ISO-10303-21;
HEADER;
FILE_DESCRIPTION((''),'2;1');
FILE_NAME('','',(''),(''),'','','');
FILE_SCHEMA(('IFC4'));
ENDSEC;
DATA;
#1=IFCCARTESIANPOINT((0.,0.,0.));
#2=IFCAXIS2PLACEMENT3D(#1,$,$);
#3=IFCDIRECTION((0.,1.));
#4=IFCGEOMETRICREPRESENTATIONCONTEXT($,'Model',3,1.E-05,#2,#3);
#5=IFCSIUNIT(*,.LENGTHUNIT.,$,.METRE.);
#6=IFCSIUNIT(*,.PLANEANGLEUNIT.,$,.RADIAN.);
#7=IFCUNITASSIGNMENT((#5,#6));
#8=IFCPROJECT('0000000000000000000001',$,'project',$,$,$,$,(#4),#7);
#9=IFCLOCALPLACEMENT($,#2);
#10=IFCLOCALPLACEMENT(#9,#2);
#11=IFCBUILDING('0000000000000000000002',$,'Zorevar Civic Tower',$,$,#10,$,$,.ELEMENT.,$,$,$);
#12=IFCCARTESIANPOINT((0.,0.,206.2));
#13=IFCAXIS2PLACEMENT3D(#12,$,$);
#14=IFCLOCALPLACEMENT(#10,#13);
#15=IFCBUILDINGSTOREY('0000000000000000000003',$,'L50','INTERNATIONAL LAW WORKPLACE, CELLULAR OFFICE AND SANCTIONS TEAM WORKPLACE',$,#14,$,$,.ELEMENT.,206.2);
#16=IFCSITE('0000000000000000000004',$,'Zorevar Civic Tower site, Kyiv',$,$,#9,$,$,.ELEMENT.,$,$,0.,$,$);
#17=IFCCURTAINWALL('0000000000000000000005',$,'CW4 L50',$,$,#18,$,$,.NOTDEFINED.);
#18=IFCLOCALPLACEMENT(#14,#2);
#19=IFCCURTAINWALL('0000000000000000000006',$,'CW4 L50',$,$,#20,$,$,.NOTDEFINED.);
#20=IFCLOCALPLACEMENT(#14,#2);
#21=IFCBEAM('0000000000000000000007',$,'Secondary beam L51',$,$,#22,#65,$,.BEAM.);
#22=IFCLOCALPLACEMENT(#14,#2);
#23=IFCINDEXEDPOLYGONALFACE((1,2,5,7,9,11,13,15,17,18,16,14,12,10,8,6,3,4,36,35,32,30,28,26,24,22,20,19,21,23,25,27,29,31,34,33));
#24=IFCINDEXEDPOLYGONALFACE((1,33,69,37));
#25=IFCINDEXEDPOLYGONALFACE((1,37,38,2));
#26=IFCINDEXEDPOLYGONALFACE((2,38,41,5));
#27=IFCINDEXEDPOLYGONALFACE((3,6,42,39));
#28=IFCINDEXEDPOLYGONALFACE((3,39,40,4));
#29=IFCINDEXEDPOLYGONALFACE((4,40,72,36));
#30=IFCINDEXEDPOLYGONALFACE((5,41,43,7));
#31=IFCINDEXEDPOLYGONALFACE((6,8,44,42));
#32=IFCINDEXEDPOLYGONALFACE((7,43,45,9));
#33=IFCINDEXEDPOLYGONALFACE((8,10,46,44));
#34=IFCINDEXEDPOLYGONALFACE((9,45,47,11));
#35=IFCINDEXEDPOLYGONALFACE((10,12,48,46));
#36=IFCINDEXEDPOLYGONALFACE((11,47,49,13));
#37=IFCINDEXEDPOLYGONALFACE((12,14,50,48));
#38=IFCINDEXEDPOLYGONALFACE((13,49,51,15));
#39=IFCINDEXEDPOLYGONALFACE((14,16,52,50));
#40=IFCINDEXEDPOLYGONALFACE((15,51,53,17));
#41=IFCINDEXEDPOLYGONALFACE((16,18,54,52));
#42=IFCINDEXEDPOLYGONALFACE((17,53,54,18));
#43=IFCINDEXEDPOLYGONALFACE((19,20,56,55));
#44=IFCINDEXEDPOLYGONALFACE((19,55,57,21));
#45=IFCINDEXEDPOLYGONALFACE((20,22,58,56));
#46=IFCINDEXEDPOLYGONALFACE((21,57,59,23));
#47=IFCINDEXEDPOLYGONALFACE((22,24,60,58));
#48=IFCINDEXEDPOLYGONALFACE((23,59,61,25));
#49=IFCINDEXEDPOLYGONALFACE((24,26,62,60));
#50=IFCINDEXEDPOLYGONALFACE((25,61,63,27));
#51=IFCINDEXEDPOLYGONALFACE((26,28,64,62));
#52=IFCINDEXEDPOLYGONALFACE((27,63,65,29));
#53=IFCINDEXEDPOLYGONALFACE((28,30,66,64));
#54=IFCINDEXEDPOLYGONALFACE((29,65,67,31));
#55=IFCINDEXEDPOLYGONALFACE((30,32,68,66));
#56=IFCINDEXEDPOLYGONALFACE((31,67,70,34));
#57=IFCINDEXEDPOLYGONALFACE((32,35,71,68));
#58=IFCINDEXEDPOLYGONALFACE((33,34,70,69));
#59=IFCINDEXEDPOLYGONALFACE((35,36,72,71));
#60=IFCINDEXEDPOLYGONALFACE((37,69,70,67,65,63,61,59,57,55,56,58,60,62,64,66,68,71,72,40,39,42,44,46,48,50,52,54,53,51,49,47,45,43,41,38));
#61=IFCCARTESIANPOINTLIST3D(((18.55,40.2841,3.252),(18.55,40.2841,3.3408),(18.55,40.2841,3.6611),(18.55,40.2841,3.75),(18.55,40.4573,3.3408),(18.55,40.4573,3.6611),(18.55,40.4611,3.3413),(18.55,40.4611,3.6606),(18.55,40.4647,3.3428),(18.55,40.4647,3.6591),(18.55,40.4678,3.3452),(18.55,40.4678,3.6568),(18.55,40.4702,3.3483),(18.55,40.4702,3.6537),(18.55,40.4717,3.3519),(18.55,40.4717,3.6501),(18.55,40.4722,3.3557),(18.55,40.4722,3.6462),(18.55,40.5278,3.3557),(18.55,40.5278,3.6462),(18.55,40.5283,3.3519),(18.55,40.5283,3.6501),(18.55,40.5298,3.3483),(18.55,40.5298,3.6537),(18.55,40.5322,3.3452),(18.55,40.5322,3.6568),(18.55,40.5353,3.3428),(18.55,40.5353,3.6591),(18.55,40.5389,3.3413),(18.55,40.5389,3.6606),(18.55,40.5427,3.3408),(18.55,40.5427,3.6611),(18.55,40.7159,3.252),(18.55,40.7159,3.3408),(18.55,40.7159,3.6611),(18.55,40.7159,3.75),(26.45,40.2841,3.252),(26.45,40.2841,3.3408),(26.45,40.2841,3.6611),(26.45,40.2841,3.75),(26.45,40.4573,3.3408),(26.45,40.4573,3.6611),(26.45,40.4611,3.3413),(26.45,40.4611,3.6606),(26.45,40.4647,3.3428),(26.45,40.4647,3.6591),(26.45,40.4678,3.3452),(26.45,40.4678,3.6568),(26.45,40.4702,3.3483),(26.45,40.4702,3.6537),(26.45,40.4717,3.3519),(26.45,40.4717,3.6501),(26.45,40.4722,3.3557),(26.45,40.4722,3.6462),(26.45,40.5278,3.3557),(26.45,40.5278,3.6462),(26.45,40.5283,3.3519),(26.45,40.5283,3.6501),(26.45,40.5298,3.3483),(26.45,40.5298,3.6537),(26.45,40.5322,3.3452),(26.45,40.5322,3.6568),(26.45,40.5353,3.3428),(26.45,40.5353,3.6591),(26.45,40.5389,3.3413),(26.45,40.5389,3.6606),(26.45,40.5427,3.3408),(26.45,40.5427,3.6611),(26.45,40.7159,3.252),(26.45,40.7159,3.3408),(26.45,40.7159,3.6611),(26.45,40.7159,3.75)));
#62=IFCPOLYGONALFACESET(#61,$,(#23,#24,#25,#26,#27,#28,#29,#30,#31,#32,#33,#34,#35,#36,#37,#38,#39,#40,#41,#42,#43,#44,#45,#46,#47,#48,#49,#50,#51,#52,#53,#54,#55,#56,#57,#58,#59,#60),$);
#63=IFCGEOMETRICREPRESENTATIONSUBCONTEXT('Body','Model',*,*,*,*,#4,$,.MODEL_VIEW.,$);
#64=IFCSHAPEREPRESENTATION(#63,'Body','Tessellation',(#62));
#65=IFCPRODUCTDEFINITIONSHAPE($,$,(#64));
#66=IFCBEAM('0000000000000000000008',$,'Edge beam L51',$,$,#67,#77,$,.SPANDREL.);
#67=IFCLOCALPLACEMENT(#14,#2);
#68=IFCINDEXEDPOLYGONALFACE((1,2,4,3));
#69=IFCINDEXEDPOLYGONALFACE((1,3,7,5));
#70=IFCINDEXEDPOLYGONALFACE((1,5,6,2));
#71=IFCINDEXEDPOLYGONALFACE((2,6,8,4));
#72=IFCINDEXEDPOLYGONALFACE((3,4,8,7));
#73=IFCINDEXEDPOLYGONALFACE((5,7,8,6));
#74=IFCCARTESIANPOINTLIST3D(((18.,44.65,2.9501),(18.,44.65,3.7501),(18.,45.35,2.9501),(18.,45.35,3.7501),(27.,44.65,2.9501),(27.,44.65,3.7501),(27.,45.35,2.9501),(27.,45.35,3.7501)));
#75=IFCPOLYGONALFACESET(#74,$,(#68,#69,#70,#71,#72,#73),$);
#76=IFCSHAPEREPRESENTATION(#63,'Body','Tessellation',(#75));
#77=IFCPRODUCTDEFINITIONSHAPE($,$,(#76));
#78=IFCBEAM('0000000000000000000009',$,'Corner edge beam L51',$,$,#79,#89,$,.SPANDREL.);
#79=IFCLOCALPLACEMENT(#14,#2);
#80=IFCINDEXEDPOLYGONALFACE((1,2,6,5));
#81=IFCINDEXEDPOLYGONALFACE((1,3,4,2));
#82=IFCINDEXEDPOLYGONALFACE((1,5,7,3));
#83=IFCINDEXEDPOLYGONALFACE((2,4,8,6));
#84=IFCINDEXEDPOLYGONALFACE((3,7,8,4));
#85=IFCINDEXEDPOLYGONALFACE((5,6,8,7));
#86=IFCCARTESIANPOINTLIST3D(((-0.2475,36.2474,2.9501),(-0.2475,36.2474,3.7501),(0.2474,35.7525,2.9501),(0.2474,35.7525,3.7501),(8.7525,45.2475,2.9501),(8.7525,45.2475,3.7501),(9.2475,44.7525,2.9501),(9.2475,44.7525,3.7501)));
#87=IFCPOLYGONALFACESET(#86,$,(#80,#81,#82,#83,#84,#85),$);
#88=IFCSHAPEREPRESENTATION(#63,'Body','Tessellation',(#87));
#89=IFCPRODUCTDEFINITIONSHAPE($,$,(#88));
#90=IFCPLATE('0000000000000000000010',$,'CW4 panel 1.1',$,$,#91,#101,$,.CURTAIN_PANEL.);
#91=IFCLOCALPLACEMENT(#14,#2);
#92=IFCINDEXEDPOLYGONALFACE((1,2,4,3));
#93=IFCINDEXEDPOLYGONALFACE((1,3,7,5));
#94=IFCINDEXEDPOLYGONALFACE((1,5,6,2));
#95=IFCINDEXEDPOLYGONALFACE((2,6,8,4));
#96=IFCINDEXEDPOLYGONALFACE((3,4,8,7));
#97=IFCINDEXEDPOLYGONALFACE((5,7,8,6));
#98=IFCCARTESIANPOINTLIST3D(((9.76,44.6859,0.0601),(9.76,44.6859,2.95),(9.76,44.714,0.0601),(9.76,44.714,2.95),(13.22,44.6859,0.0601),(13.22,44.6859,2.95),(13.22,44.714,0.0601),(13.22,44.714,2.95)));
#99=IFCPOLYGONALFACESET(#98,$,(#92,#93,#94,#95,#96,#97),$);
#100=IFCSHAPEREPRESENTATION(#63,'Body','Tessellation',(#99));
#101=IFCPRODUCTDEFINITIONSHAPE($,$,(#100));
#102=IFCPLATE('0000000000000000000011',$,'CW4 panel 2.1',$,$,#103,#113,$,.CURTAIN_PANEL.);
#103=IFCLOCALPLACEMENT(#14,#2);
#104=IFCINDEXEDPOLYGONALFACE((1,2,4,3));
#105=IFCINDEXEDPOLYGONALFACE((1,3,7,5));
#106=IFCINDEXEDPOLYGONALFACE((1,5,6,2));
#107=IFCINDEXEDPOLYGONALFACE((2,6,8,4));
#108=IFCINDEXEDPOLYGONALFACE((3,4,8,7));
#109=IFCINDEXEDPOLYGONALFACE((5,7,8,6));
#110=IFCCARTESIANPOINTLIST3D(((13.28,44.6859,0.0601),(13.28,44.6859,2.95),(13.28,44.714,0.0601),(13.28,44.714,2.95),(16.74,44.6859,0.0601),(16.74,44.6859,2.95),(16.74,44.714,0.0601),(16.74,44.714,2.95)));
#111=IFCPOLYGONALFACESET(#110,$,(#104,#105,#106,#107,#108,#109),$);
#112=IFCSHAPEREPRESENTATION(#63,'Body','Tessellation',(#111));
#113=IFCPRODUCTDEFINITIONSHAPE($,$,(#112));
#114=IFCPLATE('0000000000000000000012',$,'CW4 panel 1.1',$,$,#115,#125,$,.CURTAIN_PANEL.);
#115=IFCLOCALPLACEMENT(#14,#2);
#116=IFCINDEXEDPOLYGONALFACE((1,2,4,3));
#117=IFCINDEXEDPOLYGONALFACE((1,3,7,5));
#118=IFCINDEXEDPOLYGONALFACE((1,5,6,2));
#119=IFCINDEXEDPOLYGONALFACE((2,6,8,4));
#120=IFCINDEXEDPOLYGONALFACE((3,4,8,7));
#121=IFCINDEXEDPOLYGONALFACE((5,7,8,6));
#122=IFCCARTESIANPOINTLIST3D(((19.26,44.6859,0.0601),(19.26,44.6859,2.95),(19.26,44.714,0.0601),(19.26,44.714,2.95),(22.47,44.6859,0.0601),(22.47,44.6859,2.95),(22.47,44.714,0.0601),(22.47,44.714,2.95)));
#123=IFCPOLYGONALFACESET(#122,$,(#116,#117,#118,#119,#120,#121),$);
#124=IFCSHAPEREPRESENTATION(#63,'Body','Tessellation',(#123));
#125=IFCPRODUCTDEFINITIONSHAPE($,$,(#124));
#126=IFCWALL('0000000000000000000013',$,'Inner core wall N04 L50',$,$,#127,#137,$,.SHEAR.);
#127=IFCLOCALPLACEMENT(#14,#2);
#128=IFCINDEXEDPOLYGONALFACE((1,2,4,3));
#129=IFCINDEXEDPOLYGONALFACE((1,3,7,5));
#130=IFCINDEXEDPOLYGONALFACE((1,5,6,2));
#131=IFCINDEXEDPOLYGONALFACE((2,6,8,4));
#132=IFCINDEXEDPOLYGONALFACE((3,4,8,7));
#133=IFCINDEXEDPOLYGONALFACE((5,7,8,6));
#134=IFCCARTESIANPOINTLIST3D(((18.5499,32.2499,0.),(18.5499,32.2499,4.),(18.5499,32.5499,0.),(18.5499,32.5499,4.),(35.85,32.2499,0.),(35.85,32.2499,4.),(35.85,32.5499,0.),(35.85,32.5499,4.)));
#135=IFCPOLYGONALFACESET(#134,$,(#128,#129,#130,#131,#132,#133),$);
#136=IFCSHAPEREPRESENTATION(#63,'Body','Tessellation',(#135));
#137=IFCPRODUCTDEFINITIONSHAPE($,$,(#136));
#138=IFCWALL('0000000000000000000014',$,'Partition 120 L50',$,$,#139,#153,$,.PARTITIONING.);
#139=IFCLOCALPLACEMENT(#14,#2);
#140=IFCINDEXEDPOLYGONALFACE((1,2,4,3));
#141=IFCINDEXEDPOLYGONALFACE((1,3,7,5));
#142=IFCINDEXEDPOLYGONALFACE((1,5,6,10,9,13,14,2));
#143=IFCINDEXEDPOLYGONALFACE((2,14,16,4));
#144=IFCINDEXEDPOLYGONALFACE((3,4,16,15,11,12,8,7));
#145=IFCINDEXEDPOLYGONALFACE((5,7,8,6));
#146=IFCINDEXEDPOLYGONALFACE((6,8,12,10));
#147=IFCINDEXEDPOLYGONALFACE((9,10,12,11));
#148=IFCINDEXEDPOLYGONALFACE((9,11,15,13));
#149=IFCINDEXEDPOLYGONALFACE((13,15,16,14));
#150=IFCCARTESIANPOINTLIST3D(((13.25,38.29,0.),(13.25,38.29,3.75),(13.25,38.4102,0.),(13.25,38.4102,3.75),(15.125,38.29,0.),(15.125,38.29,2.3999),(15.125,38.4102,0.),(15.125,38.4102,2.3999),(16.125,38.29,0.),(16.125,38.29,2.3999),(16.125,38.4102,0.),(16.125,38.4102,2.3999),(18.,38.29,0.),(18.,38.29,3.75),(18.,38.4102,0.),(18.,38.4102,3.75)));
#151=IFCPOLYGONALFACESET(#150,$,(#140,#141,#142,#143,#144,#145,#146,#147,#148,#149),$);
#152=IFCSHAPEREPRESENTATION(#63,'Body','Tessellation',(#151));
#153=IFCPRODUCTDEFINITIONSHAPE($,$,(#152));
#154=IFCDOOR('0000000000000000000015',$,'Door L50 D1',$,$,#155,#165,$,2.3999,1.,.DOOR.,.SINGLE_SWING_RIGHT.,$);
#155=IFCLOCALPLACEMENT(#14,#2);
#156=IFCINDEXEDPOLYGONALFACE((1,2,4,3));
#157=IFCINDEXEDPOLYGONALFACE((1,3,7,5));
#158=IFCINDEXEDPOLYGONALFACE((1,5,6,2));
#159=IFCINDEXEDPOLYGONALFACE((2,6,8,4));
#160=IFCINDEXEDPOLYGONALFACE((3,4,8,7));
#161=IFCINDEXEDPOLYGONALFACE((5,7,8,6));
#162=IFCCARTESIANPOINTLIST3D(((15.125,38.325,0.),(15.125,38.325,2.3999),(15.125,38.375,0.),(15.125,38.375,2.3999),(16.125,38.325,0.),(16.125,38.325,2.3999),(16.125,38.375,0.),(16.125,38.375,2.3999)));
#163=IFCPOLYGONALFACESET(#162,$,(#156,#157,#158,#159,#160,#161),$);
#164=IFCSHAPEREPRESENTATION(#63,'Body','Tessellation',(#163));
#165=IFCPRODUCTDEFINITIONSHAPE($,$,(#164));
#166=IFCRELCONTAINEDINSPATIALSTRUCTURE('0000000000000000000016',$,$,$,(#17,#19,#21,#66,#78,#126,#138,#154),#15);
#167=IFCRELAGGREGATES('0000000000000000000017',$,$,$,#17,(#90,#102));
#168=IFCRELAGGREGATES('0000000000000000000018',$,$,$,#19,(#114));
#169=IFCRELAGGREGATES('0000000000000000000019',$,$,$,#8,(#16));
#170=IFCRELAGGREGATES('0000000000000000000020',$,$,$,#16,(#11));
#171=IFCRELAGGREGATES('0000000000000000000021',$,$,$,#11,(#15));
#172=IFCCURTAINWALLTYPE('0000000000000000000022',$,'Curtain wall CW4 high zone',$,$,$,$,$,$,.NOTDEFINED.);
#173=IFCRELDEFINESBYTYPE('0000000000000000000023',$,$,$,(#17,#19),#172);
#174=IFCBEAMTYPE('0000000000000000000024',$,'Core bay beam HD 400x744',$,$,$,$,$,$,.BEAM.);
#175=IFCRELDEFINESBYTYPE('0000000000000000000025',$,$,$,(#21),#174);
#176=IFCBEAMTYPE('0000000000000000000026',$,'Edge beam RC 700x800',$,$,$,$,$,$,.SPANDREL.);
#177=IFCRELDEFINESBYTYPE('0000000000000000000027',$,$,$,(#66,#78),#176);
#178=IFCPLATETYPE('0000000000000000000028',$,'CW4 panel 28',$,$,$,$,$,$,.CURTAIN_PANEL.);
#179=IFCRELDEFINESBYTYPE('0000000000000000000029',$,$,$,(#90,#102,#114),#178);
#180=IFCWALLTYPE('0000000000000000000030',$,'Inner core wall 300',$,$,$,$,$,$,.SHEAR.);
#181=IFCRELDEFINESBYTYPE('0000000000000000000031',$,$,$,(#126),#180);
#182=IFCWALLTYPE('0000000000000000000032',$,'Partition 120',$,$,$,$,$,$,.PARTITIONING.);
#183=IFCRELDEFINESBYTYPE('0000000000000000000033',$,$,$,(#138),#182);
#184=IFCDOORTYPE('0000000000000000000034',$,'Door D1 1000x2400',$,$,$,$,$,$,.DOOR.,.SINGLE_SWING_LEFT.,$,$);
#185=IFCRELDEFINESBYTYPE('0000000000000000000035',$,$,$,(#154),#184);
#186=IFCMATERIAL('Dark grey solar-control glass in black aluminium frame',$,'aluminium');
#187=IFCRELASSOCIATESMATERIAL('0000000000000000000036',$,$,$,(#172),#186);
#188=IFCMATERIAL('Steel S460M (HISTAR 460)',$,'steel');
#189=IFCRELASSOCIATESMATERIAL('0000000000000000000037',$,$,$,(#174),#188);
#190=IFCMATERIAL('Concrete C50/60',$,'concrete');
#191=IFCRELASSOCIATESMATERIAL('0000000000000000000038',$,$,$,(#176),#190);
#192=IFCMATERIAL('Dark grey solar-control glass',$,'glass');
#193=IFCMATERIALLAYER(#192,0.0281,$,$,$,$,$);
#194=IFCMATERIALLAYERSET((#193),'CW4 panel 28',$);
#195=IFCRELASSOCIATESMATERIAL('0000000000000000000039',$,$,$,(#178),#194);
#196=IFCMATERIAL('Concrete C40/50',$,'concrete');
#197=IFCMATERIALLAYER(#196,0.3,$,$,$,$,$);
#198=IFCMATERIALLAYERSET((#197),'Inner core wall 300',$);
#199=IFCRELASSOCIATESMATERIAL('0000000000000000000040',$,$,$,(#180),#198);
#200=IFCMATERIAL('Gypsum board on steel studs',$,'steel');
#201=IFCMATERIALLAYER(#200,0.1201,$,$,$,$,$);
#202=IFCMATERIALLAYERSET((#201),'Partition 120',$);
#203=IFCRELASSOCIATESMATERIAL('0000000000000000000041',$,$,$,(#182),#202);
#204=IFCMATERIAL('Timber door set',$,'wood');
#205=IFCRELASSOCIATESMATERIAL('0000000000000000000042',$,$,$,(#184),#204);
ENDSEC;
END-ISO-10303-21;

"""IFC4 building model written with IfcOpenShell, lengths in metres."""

from ifc_helpers import new_model, si_unit, direction, frame, frame_2d, origin, origin_2d, place, context, subcontext, project, spatial, rectangle, i_section, extrude, material, layer, layer_set, material_profile, profile_set, type_object, element, fill, aggregate, save


model = new_model("IFC4")

# Units and contexts
model_context = context("Model", 3, precision=1e-05, world=origin(), true_north=direction((0.0, 1.0)))
body_context = subcontext(model_context, "Body", "Model", "MODEL_VIEW")
ifc_project = project(units=[si_unit("LENGTHUNIT", "METRE"), si_unit("PLANEANGLEUNIT", "RADIAN")], contexts=[model_context])

# Site, building, storey
site_placement = place(None, origin())
site = spatial("IfcSite", under=ifc_project, at=site_placement, Name="Zorevar Civic Tower site, Kyiv", CompositionType="ELEMENT", RefElevation=0.0)
building_placement = place(site_placement, origin())
building = spatial("IfcBuilding", under=site, at=building_placement, Name="Zorevar Civic Tower", CompositionType="ELEMENT")
storey_placement = place(building_placement, frame((0.0, 0.0, 206.2)))
storey = spatial("IfcBuildingStorey", under=building, at=storey_placement, Name="L50", Description="INTERNATIONAL LAW WORKPLACE, CELLULAR OFFICE AND SANCTIONS TEAM WORKPLACE", CompositionType="ELEMENT", Elevation=206.2)

# Curtain wall
ifc_material_1 = material(Name="Dark grey solar-control glass in black aluminium frame", Category="aluminium")
curtain_wall_type = type_object("IfcCurtainWallType", Name="Curtain wall CW4 high zone", PredefinedType="NOTDEFINED", material=ifc_material_1)
curtain_wall_1_placement = place(storey_placement, origin())
curtain_wall_1 = element("IfcCurtainWall", 1, at=curtain_wall_1_placement, inside=storey, type_object=curtain_wall_type, Name="CW4 L50", PredefinedType="NOTDEFINED")

# Curtain wall
curtain_wall_2_placement = place(storey_placement, origin())
curtain_wall_2 = element("IfcCurtainWall", 2, at=curtain_wall_2_placement, inside=storey, type_object=curtain_wall_type, Name="CW4 L50", PredefinedType="NOTDEFINED")

# Beams
ifc_material_2 = material(Name="Steel S460M (HISTAR 460)", Category="steel")
ifc_material_profile_1 = material_profile(ifc_material_2, i_section(OverallWidth=0.4319, OverallDepth=0.498, WebThickness=0.0557, FlangeThickness=0.0889, FilletRadius=0.0149, at=origin_2d()), Name="HD 400x744")
ifc_profile_set_1 = profile_set([ifc_material_profile_1], Name="Steel S460M (HISTAR 460)")
beam_type_1 = type_object("IfcBeamType", Name="Core bay beam HD 400x744", PredefinedType="BEAM", material=ifc_profile_set_1)
beam_1_placement = place(storey_placement, frame((18.55, 40.5, 3.501), z_axis=(1.0, 0.0, 0.0), x_axis=(0.0, 1.0, 0.0)))
element("IfcBeam", 3, at=beam_1_placement, inside=storey, type_object=beam_type_1, Name="Secondary beam L51", PredefinedType="BEAM", context=body_context, shape_type="SweptSolid", body=[
    extrude(i_section(OverallWidth=0.4319, OverallDepth=0.498, WebThickness=0.0557, FlangeThickness=0.0889, FilletRadius=0.0149, at=origin_2d()), origin(), (0.0, 0.0, 1.0), 7.8999),
])
ifc_material_3 = material(Name="Concrete C50/60", Category="concrete")
ifc_material_profile_2 = material_profile(ifc_material_3, rectangle(XDim=0.7, YDim=0.8, at=origin_2d()), Name="RC 700x800")
ifc_profile_set_2 = profile_set([ifc_material_profile_2], Name="Concrete C50/60")
beam_type_2 = type_object("IfcBeamType", Name="Edge beam RC 700x800", PredefinedType="SPANDREL", material=ifc_profile_set_2)
beam_2_placement = place(storey_placement, frame((18.0, 45.0, 3.3501), z_axis=(1.0, 0.0, 0.0), x_axis=(0.0, 1.0, 0.0)))
element("IfcBeam", 4, at=beam_2_placement, inside=storey, type_object=beam_type_2, Name="Edge beam L51", PredefinedType="SPANDREL", context=body_context, shape_type="SweptSolid", body=[
    extrude(rectangle(XDim=0.7, YDim=0.8, at=origin_2d()), origin(), (0.0, 0.0, 1.0), 9.0),
])
beam_3_placement = place(storey_placement, frame((9.0, 45.0, 3.3501), z_axis=(-0.707107, -0.707107, 0.0), x_axis=(0.707107, -0.707107, 0.0)))
element("IfcBeam", 5, at=beam_3_placement, inside=storey, type_object=beam_type_2, Name="Corner edge beam L51", PredefinedType="SPANDREL", context=body_context, shape_type="SweptSolid", body=[
    extrude(rectangle(XDim=0.7, YDim=0.8, at=origin_2d()), origin(), (0.0, 0.0, 1.0), 12.728),
])

# Plates
ifc_material_4 = material(Name="Dark grey solar-control glass", Category="glass")
ifc_layer_1 = layer(ifc_material_4, 0.0281)
ifc_layer_set_1 = layer_set([ifc_layer_1], Name="CW4 panel 28")
plate_type = type_object("IfcPlateType", Name="CW4 panel 28", PredefinedType="CURTAIN_PANEL", material=ifc_layer_set_1)
plate_1_placement = place(storey_placement, frame((11.49, 44.7, 0.0601), z_axis=(0.0, 0.0, 1.0), x_axis=(1.0, 0.0, 0.0)))
plate_1 = element("IfcPlate", 6, at=plate_1_placement, type_object=plate_type, Name="CW4 panel 1.1", PredefinedType="CURTAIN_PANEL", context=body_context, shape_type="SweptSolid", body=[
    extrude(rectangle(XDim=3.46, YDim=0.0281, at=origin_2d()), origin(), (0.0, 0.0, 1.0), 2.8899),
])
plate_2_placement = place(storey_placement, frame((15.01, 44.7, 0.0601), z_axis=(0.0, 0.0, 1.0), x_axis=(1.0, 0.0, 0.0)))
plate_2 = element("IfcPlate", 7, at=plate_2_placement, type_object=plate_type, Name="CW4 panel 2.1", PredefinedType="CURTAIN_PANEL", context=body_context, shape_type="SweptSolid", body=[
    extrude(rectangle(XDim=3.46, YDim=0.0281, at=origin_2d()), origin(), (0.0, 0.0, 1.0), 2.8899),
])
aggregate(curtain_wall_1, [plate_1, plate_2])
plate_3_placement = place(storey_placement, frame((20.865, 44.7, 0.0601), z_axis=(0.0, 0.0, 1.0), x_axis=(1.0, 0.0, 0.0)))
plate_3 = element("IfcPlate", 8, at=plate_3_placement, type_object=plate_type, Name="CW4 panel 1.1", PredefinedType="CURTAIN_PANEL", context=body_context, shape_type="SweptSolid", body=[
    extrude(rectangle(XDim=3.21, YDim=0.0281, at=origin_2d()), origin(), (0.0, 0.0, 1.0), 2.8899),
])
aggregate(curtain_wall_2, [plate_3])

# Wall
ifc_material_5 = material(Name="Concrete C40/50", Category="concrete")
ifc_layer_2 = layer(ifc_material_5, 0.3)
ifc_layer_set_2 = layer_set([ifc_layer_2], Name="Inner core wall 300")
wall_type_1 = type_object("IfcWallType", Name="Inner core wall 300", PredefinedType="SHEAR", material=ifc_layer_set_2)
wall_1_placement = place(storey_placement, frame((18.55, 32.3999, 0.0), z_axis=(0.0, 0.0, 1.0), x_axis=(1.0, 0.0, 0.0)))
element("IfcWall", 9, at=wall_1_placement, inside=storey, type_object=wall_type_1, Name="Inner core wall N04 L50", PredefinedType="SHEAR", context=body_context, shape_type="SweptSolid", body=[
    extrude(rectangle(XDim=17.3, YDim=0.3, at=frame_2d((8.6499, 0.0))), origin(), (0.0, 0.0, 1.0), 4.0),
])

# Wall, opening, door
ifc_material_6 = material(Name="Gypsum board on steel studs", Category="steel")
ifc_layer_3 = layer(ifc_material_6, 0.1201)
ifc_layer_set_3 = layer_set([ifc_layer_3], Name="Partition 120")
wall_type_2 = type_object("IfcWallType", Name="Partition 120", PredefinedType="PARTITIONING", material=ifc_layer_set_3)
wall_2_placement = place(storey_placement, frame((13.25, 38.3501, 0.0), z_axis=(0.0, 0.0, 1.0), x_axis=(1.0, 0.0, 0.0)))
wall_2 = element("IfcWall", 10, at=wall_2_placement, inside=storey, type_object=wall_type_2, Name="Partition 120 L50", PredefinedType="PARTITIONING", context=body_context, shape_type="SweptSolid", body=[
    extrude(rectangle(XDim=4.75, YDim=0.1201, at=frame_2d((2.375, 0.0))), origin(), (0.0, 0.0, 1.0), 3.75),
])
opening_1_placement = place(wall_2_placement, frame((1.875, 0.0, 0.0)))
opening_1 = element("IfcOpeningElement", 11, at=opening_1_placement, cuts=wall_2, PredefinedType="OPENING", context=body_context, shape_type="SweptSolid", body=[
    extrude(rectangle(XDim=1.0, YDim=2.3999, at=frame_2d((0.5, 1.2))), frame((0.0, 0.0701, 0.0), z_axis=(0.0, -1.0, 0.0), x_axis=(1.0, 0.0, 0.0)), (0.0, 0.0, 1.0), 0.1401),
])
ifc_material_7 = material(Name="Timber door set", Category="wood")
door_type_1 = type_object("IfcDoorType", Name="Door D1 1000x2400", OperationType="SINGLE_SWING_LEFT", PredefinedType="DOOR", material=ifc_material_7)
door_1_placement = place(opening_1_placement, origin())
door_1 = element("IfcDoor", 12, at=door_1_placement, inside=storey, type_object=door_type_1, Name="Door L50 D1", OperationType="SINGLE_SWING_RIGHT", OverallHeight=2.3999, OverallWidth=1.0, PredefinedType="DOOR", context=body_context, shape_type="SweptSolid", body=[
    extrude(rectangle(XDim=1.0, YDim=2.3999, at=frame_2d((0.5, 1.2))), frame((0.0, 0.0249, 0.0), z_axis=(0.0, -1.0, 0.0), x_axis=(1.0, 0.0, 0.0)), (0.0, 0.0, 1.0), 0.05),
])
fill(opening_1, door_1)

save(model, "model.ifc")
